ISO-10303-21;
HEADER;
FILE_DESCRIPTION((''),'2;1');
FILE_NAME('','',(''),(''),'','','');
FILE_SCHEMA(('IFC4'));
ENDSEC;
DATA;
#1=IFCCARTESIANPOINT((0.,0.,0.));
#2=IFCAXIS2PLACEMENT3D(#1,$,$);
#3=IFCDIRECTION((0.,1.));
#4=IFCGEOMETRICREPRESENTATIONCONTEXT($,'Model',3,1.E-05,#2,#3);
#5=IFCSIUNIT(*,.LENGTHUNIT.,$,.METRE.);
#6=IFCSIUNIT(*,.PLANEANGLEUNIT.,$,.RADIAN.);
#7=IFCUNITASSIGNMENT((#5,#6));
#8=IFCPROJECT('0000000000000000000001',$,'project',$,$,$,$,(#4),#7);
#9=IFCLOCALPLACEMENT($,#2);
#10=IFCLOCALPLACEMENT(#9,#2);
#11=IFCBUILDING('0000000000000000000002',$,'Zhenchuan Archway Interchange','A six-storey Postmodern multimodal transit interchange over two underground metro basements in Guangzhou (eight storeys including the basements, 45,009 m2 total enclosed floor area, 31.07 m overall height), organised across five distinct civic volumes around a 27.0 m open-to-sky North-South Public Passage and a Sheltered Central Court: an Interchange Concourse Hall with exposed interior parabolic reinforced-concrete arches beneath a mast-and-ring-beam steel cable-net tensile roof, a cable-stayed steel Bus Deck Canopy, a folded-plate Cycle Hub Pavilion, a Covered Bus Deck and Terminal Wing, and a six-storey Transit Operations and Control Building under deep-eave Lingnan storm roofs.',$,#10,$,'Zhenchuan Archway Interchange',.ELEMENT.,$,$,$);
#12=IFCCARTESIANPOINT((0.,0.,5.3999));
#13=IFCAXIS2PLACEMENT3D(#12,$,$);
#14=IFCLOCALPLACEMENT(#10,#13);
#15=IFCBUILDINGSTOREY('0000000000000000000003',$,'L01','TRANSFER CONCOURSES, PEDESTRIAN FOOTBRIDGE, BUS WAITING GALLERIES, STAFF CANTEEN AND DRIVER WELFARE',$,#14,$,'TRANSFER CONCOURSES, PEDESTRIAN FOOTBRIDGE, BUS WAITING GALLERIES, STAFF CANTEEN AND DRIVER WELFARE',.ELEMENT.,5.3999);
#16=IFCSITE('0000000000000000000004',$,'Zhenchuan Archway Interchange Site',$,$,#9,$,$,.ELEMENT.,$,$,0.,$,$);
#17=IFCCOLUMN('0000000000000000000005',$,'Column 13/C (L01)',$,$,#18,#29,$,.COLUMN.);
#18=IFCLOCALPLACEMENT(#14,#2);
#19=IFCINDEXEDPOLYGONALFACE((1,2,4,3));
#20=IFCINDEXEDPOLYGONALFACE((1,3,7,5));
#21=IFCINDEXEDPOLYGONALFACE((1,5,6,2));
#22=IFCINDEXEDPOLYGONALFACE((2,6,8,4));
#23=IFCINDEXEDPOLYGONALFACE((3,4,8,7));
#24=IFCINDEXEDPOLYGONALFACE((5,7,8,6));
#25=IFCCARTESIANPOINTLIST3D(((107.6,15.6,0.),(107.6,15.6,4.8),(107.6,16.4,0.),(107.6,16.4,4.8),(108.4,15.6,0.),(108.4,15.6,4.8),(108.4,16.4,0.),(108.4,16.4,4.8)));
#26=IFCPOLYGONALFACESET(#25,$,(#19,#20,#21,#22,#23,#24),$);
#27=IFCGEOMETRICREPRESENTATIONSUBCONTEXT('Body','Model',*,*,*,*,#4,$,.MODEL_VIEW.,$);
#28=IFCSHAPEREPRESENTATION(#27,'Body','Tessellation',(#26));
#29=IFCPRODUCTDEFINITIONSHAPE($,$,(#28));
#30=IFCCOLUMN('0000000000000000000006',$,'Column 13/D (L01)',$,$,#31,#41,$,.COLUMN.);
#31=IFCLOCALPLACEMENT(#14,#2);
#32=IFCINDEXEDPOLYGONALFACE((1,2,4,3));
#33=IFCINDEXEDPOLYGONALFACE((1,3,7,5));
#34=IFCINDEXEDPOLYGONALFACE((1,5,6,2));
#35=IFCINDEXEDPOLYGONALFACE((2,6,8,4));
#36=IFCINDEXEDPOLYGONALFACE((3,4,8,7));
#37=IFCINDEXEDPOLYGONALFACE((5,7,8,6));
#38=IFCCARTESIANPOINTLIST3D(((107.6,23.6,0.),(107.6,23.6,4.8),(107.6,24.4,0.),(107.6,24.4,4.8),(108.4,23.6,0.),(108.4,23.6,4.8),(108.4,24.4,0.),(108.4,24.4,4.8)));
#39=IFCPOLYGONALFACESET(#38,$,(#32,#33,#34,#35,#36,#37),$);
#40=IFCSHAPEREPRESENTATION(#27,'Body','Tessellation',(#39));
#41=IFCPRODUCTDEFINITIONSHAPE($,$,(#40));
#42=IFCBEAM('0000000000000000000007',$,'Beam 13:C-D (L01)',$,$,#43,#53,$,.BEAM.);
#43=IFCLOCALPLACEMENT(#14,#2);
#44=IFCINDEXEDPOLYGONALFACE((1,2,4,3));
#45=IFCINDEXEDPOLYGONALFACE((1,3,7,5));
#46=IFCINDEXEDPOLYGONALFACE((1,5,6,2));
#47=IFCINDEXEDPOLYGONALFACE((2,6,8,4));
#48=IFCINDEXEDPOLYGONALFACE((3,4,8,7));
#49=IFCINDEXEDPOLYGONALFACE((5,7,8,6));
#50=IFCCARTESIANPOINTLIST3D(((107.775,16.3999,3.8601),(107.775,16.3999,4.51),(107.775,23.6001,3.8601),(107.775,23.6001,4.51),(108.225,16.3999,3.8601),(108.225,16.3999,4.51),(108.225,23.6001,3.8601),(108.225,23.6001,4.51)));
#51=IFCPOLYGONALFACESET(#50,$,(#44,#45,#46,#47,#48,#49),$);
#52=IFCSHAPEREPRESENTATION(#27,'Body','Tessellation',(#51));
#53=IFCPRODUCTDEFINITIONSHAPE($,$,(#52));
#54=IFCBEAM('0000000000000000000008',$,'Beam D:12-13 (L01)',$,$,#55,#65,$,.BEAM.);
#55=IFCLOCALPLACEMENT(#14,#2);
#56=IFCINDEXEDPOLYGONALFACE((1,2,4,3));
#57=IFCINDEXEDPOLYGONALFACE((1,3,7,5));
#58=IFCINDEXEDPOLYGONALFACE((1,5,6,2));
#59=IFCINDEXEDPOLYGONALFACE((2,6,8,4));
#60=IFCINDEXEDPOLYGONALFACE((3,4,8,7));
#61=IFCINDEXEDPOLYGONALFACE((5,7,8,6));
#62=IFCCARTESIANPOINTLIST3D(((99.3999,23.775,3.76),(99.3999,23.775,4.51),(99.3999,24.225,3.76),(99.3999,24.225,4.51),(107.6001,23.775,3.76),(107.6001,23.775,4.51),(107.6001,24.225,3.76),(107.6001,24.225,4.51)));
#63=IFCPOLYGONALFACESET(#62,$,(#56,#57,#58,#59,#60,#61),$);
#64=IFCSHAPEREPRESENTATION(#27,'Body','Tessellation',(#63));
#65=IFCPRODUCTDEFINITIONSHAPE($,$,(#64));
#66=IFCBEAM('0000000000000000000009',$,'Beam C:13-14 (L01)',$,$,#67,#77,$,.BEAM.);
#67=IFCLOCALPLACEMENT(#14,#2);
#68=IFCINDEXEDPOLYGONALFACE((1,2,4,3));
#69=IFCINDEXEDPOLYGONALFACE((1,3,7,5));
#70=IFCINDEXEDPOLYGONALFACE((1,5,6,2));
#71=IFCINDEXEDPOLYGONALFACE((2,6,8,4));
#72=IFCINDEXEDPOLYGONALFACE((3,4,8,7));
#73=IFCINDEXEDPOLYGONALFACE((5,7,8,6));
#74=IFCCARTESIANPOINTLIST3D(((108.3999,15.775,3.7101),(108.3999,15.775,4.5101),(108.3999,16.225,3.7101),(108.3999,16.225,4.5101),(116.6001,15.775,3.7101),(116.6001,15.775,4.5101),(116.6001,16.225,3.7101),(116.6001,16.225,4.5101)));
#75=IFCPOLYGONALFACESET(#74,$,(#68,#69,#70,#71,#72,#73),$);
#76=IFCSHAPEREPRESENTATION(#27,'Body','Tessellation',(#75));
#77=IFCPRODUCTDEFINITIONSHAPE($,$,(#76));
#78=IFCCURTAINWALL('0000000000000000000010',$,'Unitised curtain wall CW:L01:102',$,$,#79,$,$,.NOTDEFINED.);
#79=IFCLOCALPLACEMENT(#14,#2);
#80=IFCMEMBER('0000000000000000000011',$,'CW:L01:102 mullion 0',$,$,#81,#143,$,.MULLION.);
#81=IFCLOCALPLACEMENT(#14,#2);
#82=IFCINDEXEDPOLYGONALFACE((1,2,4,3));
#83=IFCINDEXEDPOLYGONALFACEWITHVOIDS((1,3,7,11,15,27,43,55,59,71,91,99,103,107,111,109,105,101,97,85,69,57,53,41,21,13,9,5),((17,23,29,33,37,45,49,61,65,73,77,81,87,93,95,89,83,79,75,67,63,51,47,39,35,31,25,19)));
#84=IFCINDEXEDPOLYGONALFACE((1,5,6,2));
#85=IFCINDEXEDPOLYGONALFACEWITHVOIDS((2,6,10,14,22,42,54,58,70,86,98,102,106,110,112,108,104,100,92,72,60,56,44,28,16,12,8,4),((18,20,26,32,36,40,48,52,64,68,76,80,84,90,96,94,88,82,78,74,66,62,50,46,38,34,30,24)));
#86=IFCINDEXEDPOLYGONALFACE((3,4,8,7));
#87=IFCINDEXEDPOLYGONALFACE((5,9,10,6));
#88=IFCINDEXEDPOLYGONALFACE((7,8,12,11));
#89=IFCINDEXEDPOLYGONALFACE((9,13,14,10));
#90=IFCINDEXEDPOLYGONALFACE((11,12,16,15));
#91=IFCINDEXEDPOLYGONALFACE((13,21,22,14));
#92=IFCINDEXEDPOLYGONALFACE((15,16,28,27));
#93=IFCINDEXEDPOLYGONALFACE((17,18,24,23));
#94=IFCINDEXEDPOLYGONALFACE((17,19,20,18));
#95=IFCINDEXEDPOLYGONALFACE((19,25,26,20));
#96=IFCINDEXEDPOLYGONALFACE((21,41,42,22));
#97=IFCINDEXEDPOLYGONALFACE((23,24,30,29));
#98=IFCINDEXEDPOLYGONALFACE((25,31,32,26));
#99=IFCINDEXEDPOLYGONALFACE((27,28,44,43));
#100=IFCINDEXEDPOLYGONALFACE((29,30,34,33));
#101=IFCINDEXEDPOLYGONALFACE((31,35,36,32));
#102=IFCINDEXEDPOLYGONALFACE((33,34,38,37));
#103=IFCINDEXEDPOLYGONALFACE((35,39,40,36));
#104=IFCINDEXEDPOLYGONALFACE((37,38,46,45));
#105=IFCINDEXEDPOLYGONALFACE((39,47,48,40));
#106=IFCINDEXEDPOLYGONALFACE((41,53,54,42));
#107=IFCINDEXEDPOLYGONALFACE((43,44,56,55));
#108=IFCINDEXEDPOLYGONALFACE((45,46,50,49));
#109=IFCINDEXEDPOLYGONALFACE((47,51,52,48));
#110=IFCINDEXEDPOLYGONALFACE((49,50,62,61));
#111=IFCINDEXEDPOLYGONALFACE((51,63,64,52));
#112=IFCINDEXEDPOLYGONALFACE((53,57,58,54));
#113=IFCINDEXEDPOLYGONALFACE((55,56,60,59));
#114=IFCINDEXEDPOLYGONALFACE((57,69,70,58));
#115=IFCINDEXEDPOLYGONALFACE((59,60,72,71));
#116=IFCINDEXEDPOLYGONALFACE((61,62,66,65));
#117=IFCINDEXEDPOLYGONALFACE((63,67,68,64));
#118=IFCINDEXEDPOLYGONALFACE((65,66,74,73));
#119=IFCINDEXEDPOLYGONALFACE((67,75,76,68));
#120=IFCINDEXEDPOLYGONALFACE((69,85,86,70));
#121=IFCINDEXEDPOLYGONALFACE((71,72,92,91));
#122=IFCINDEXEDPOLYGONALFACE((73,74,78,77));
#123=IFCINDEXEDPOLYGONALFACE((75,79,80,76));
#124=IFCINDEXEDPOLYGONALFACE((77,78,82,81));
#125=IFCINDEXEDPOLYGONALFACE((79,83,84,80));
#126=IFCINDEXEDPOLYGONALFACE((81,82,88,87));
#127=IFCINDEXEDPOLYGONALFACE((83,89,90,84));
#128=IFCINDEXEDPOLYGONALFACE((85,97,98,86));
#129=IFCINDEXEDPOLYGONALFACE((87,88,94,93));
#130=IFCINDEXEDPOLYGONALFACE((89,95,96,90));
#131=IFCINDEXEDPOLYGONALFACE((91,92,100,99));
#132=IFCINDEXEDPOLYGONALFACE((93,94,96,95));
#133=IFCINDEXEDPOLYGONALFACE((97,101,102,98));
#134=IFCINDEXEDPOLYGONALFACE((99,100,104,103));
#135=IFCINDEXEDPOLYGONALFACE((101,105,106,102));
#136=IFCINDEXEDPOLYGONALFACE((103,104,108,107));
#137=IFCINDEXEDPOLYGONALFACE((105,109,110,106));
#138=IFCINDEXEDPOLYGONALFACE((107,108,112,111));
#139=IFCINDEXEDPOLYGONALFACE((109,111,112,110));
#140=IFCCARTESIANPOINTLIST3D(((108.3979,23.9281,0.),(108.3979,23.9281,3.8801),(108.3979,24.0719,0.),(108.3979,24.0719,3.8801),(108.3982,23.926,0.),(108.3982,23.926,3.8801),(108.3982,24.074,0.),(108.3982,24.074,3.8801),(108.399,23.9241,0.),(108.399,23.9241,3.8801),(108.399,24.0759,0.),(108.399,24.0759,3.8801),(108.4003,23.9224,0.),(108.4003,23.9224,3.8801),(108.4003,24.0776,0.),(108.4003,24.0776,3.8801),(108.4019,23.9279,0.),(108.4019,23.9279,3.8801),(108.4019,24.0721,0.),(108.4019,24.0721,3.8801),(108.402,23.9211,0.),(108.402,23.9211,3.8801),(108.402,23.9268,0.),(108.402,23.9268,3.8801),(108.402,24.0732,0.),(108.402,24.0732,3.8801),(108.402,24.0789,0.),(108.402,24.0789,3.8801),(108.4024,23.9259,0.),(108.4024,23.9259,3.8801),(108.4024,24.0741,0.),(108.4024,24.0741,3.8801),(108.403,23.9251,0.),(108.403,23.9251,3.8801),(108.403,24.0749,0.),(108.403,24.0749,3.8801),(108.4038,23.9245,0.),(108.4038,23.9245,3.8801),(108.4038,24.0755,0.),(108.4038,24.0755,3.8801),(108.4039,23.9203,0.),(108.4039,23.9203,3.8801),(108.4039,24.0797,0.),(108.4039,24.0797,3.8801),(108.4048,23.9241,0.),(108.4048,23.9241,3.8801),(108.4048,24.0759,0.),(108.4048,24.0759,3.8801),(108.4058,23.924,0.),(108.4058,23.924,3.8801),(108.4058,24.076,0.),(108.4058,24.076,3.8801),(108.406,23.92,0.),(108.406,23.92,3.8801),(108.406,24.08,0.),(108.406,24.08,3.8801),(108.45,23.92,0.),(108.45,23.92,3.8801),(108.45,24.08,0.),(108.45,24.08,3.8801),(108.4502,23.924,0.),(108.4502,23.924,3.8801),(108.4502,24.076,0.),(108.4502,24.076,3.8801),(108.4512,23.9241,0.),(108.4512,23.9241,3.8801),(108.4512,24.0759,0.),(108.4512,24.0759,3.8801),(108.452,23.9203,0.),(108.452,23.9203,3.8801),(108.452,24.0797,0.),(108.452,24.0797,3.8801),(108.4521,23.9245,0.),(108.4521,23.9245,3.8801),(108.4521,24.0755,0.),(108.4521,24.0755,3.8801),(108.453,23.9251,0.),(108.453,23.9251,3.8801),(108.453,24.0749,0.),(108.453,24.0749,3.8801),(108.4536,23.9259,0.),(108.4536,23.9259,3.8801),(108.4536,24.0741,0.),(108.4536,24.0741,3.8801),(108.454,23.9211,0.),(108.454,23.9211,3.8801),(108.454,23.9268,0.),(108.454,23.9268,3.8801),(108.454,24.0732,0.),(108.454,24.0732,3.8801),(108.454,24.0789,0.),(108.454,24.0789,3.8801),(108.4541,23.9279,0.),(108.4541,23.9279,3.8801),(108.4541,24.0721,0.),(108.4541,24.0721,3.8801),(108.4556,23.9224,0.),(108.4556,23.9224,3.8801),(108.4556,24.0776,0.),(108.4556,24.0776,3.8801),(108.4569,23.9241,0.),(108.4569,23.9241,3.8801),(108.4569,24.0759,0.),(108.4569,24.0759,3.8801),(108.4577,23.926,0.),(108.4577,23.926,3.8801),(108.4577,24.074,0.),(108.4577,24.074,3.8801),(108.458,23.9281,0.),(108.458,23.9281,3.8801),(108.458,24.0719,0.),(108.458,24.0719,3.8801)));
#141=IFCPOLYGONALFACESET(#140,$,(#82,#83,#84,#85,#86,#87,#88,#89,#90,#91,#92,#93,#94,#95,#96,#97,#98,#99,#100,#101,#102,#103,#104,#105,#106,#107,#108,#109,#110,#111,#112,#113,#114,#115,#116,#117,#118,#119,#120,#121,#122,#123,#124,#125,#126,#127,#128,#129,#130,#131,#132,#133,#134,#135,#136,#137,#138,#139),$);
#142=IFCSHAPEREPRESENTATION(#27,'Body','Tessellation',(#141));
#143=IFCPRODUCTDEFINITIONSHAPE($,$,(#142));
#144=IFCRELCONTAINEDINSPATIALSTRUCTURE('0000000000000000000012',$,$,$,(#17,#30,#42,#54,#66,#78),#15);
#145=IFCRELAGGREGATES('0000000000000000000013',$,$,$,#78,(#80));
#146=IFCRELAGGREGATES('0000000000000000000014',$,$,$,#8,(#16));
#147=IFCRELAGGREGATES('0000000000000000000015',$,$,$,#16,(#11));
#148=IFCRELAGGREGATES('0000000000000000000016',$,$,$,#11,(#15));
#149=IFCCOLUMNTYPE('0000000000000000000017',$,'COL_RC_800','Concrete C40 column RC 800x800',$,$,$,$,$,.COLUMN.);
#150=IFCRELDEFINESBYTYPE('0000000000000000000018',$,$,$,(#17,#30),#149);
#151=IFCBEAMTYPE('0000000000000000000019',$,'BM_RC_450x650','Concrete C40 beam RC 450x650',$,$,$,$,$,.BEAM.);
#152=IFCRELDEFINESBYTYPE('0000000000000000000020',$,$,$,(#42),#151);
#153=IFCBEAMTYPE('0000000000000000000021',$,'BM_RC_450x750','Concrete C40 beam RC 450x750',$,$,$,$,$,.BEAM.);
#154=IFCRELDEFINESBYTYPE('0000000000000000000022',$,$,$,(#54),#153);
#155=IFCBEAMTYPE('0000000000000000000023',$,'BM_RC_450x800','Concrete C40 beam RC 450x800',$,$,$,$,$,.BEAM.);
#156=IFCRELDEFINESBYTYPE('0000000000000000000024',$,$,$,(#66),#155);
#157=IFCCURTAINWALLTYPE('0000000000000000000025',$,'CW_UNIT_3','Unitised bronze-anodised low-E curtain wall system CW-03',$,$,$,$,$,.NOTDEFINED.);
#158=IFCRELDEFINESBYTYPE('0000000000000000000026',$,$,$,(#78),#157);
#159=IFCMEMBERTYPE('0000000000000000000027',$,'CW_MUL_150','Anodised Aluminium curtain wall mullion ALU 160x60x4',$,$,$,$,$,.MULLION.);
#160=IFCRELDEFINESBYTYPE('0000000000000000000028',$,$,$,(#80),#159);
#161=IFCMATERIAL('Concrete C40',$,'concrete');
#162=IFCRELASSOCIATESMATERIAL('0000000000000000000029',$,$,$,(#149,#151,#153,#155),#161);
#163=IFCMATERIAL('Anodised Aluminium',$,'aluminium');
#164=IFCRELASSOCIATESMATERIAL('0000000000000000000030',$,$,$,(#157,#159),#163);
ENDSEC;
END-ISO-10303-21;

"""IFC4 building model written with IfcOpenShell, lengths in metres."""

from ifc_helpers import new_model, si_unit, direction, frame, origin, origin_2d, place, context, subcontext, project, spatial, rectangle, hollow_rectangle, extrude, material, material_profile, profile_set, type_object, element, aggregate, save


model = new_model("IFC4")

# Units and contexts
model_context = context("Model", 3, precision=1e-05, world=origin(), true_north=direction((0.0, 1.0)))
body_context = subcontext(model_context, "Body", "Model", "MODEL_VIEW")
ifc_project = project(units=[si_unit("LENGTHUNIT", "METRE"), si_unit("PLANEANGLEUNIT", "RADIAN")], contexts=[model_context])

# Site, building, storey
site_placement = place(None, origin())
site = spatial("IfcSite", under=ifc_project, at=site_placement, Name="Zhenchuan Archway Interchange Site", CompositionType="ELEMENT", RefElevation=0.0)
building_placement = place(site_placement, origin())
building = spatial("IfcBuilding", under=site, at=building_placement, Name="Zhenchuan Archway Interchange", Description="A six-storey Postmodern multimodal transit interchange over two underground metro basements in Guangzhou (eight storeys including the basements, 45,009 m2 total enclosed floor area, 31.07 m overall height), organised across five distinct civic volumes around a 27.0 m open-to-sky North-South Public Passage and a Sheltered Central Court: an Interchange Concourse Hall with exposed interior parabolic reinforced-concrete arches beneath a mast-and-ring-beam steel cable-net tensile roof, a cable-stayed steel Bus Deck Canopy, a folded-plate Cycle Hub Pavilion, a Covered Bus Deck and Terminal Wing, and a six-storey Transit Operations and Control Building under deep-eave Lingnan storm roofs.", LongName="Zhenchuan Archway Interchange", CompositionType="ELEMENT")
storey_placement = place(building_placement, frame((0.0, 0.0, 5.3999)))
storey = spatial("IfcBuildingStorey", under=building, at=storey_placement, Name="L01", Description="TRANSFER CONCOURSES, PEDESTRIAN FOOTBRIDGE, BUS WAITING GALLERIES, STAFF CANTEEN AND DRIVER WELFARE", LongName="TRANSFER CONCOURSES, PEDESTRIAN FOOTBRIDGE, BUS WAITING GALLERIES, STAFF CANTEEN AND DRIVER WELFARE", CompositionType="ELEMENT", Elevation=5.3999)

# Columns
ifc_material_1 = material(Name="Concrete C40", Category="concrete")
ifc_material_profile_1 = material_profile(ifc_material_1, rectangle(XDim=0.8, YDim=0.8, at=origin_2d()), Name="RC 800x800")
ifc_profile_set_1 = profile_set([ifc_material_profile_1], Name="Concrete C40")
column_type = type_object("IfcColumnType", Name="COL_RC_800", Description="Concrete C40 column RC 800x800", PredefinedType="COLUMN", material=ifc_profile_set_1)
for number, where, z_axis, x_axis, name in (
    (1, (108.0, 16.0, 0.0), (0.0, 0.0, 1.0), (1.0, 0.0, 0.0), "Column 13/C (L01)"),
    (2, (108.0, 24.0, 0.0), (0.0, 0.0, 1.0), (1.0, 0.0, 0.0), "Column 13/D (L01)"),
):
    element("IfcColumn", number, at=place(storey_placement, frame(where, z_axis=z_axis, x_axis=x_axis)), inside=storey, type_object=column_type, Name=name, PredefinedType="COLUMN", context=body_context, shape_type="SweptSolid", body=[
        extrude(rectangle(XDim=0.8, YDim=0.8, at=origin_2d()), origin(), (0.0, 0.0, 1.0), 4.8),
    ])

# Beams
ifc_material_profile_2 = material_profile(ifc_material_1, rectangle(XDim=0.45, YDim=0.6499, at=origin_2d()), Name="RC 450x650")
ifc_profile_set_2 = profile_set([ifc_material_profile_2], Name="Concrete C40")
beam_type_1 = type_object("IfcBeamType", Name="BM_RC_450x650", Description="Concrete C40 beam RC 450x650", PredefinedType="BEAM", material=ifc_profile_set_2)
beam_1_placement = place(storey_placement, frame((108.0, 16.3999, 4.1851), z_axis=(0.0, 1.0, 0.0), x_axis=(-1.0, 0.0, 0.0)))
element("IfcBeam", 3, at=beam_1_placement, inside=storey, type_object=beam_type_1, Name="Beam 13:C-D (L01)", PredefinedType="BEAM", context=body_context, shape_type="SweptSolid", body=[
    extrude(rectangle(XDim=0.45, YDim=0.6499, at=origin_2d()), origin(), (0.0, 0.0, 1.0), 7.2002),
])
ifc_material_profile_3 = material_profile(ifc_material_1, rectangle(XDim=0.45, YDim=0.75, at=origin_2d()), Name="RC 450x750")
ifc_profile_set_3 = profile_set([ifc_material_profile_3], Name="Concrete C40")
beam_type_2 = type_object("IfcBeamType", Name="BM_RC_450x750", Description="Concrete C40 beam RC 450x750", PredefinedType="BEAM", material=ifc_profile_set_3)
beam_2_placement = place(storey_placement, frame((99.3999, 24.0, 4.135), z_axis=(1.0, 0.0, 0.0), x_axis=(0.0, 1.0, 0.0)))
element("IfcBeam", 4, at=beam_2_placement, inside=storey, type_object=beam_type_2, Name="Beam D:12-13 (L01)", PredefinedType="BEAM", context=body_context, shape_type="SweptSolid", body=[
    extrude(rectangle(XDim=0.45, YDim=0.75, at=origin_2d()), origin(), (0.0, 0.0, 1.0), 8.2002),
])
ifc_material_profile_4 = material_profile(ifc_material_1, rectangle(XDim=0.45, YDim=0.8, at=origin_2d()), Name="RC 450x800")
ifc_profile_set_4 = profile_set([ifc_material_profile_4], Name="Concrete C40")
beam_type_3 = type_object("IfcBeamType", Name="BM_RC_450x800", Description="Concrete C40 beam RC 450x800", PredefinedType="BEAM", material=ifc_profile_set_4)
beam_3_placement = place(storey_placement, frame((108.3999, 16.0, 4.1101), z_axis=(1.0, 0.0, 0.0), x_axis=(0.0, 1.0, 0.0)))
element("IfcBeam", 5, at=beam_3_placement, inside=storey, type_object=beam_type_3, Name="Beam C:13-14 (L01)", PredefinedType="BEAM", context=body_context, shape_type="SweptSolid", body=[
    extrude(rectangle(XDim=0.45, YDim=0.8, at=origin_2d()), origin(), (0.0, 0.0, 1.0), 8.2002),
])

# Curtain wall, member
ifc_material_2 = material(Name="Anodised Aluminium", Category="aluminium")
curtain_wall_type = type_object("IfcCurtainWallType", Name="CW_UNIT_3", Description="Unitised bronze-anodised low-E curtain wall system CW-03", PredefinedType="NOTDEFINED", material=ifc_material_2)
curtain_wall_placement = place(storey_placement, origin())
curtain_wall = element("IfcCurtainWall", 6, at=curtain_wall_placement, inside=storey, type_object=curtain_wall_type, Name="Unitised curtain wall CW:L01:102", PredefinedType="NOTDEFINED")
ifc_material_profile_5 = material_profile(ifc_material_2, hollow_rectangle(XDim=0.0601, YDim=0.1599, WallThickness=0.0039, InnerFilletRadius=0.0039, OuterFilletRadius=0.0081, at=origin_2d()), Name="ALU 160x60x4")
ifc_profile_set_5 = profile_set([ifc_material_profile_5], Name="Anodised Aluminium")
member_type_1 = type_object("IfcMemberType", Name="CW_MUL_150", Description="Anodised Aluminium curtain wall mullion ALU 160x60x4", PredefinedType="MULLION", material=ifc_profile_set_5)
member_1_placement = place(storey_placement, frame((108.428, 24.0, 0.0), z_axis=(0.0, 0.0, 1.0), x_axis=(1.0, 0.0, 0.0)))
member_1 = element("IfcMember", 7, at=member_1_placement, type_object=member_type_1, Name="CW:L01:102 mullion 0", PredefinedType="MULLION", context=body_context, shape_type="SweptSolid", body=[
    extrude(hollow_rectangle(XDim=0.0601, YDim=0.1599, WallThickness=0.0039, InnerFilletRadius=0.0039, OuterFilletRadius=0.0081, at=origin_2d()), origin(), (0.0, 0.0, 1.0), 3.8801),
])

aggregate(curtain_wall, [member_1])

save(model, "model.ifc")
